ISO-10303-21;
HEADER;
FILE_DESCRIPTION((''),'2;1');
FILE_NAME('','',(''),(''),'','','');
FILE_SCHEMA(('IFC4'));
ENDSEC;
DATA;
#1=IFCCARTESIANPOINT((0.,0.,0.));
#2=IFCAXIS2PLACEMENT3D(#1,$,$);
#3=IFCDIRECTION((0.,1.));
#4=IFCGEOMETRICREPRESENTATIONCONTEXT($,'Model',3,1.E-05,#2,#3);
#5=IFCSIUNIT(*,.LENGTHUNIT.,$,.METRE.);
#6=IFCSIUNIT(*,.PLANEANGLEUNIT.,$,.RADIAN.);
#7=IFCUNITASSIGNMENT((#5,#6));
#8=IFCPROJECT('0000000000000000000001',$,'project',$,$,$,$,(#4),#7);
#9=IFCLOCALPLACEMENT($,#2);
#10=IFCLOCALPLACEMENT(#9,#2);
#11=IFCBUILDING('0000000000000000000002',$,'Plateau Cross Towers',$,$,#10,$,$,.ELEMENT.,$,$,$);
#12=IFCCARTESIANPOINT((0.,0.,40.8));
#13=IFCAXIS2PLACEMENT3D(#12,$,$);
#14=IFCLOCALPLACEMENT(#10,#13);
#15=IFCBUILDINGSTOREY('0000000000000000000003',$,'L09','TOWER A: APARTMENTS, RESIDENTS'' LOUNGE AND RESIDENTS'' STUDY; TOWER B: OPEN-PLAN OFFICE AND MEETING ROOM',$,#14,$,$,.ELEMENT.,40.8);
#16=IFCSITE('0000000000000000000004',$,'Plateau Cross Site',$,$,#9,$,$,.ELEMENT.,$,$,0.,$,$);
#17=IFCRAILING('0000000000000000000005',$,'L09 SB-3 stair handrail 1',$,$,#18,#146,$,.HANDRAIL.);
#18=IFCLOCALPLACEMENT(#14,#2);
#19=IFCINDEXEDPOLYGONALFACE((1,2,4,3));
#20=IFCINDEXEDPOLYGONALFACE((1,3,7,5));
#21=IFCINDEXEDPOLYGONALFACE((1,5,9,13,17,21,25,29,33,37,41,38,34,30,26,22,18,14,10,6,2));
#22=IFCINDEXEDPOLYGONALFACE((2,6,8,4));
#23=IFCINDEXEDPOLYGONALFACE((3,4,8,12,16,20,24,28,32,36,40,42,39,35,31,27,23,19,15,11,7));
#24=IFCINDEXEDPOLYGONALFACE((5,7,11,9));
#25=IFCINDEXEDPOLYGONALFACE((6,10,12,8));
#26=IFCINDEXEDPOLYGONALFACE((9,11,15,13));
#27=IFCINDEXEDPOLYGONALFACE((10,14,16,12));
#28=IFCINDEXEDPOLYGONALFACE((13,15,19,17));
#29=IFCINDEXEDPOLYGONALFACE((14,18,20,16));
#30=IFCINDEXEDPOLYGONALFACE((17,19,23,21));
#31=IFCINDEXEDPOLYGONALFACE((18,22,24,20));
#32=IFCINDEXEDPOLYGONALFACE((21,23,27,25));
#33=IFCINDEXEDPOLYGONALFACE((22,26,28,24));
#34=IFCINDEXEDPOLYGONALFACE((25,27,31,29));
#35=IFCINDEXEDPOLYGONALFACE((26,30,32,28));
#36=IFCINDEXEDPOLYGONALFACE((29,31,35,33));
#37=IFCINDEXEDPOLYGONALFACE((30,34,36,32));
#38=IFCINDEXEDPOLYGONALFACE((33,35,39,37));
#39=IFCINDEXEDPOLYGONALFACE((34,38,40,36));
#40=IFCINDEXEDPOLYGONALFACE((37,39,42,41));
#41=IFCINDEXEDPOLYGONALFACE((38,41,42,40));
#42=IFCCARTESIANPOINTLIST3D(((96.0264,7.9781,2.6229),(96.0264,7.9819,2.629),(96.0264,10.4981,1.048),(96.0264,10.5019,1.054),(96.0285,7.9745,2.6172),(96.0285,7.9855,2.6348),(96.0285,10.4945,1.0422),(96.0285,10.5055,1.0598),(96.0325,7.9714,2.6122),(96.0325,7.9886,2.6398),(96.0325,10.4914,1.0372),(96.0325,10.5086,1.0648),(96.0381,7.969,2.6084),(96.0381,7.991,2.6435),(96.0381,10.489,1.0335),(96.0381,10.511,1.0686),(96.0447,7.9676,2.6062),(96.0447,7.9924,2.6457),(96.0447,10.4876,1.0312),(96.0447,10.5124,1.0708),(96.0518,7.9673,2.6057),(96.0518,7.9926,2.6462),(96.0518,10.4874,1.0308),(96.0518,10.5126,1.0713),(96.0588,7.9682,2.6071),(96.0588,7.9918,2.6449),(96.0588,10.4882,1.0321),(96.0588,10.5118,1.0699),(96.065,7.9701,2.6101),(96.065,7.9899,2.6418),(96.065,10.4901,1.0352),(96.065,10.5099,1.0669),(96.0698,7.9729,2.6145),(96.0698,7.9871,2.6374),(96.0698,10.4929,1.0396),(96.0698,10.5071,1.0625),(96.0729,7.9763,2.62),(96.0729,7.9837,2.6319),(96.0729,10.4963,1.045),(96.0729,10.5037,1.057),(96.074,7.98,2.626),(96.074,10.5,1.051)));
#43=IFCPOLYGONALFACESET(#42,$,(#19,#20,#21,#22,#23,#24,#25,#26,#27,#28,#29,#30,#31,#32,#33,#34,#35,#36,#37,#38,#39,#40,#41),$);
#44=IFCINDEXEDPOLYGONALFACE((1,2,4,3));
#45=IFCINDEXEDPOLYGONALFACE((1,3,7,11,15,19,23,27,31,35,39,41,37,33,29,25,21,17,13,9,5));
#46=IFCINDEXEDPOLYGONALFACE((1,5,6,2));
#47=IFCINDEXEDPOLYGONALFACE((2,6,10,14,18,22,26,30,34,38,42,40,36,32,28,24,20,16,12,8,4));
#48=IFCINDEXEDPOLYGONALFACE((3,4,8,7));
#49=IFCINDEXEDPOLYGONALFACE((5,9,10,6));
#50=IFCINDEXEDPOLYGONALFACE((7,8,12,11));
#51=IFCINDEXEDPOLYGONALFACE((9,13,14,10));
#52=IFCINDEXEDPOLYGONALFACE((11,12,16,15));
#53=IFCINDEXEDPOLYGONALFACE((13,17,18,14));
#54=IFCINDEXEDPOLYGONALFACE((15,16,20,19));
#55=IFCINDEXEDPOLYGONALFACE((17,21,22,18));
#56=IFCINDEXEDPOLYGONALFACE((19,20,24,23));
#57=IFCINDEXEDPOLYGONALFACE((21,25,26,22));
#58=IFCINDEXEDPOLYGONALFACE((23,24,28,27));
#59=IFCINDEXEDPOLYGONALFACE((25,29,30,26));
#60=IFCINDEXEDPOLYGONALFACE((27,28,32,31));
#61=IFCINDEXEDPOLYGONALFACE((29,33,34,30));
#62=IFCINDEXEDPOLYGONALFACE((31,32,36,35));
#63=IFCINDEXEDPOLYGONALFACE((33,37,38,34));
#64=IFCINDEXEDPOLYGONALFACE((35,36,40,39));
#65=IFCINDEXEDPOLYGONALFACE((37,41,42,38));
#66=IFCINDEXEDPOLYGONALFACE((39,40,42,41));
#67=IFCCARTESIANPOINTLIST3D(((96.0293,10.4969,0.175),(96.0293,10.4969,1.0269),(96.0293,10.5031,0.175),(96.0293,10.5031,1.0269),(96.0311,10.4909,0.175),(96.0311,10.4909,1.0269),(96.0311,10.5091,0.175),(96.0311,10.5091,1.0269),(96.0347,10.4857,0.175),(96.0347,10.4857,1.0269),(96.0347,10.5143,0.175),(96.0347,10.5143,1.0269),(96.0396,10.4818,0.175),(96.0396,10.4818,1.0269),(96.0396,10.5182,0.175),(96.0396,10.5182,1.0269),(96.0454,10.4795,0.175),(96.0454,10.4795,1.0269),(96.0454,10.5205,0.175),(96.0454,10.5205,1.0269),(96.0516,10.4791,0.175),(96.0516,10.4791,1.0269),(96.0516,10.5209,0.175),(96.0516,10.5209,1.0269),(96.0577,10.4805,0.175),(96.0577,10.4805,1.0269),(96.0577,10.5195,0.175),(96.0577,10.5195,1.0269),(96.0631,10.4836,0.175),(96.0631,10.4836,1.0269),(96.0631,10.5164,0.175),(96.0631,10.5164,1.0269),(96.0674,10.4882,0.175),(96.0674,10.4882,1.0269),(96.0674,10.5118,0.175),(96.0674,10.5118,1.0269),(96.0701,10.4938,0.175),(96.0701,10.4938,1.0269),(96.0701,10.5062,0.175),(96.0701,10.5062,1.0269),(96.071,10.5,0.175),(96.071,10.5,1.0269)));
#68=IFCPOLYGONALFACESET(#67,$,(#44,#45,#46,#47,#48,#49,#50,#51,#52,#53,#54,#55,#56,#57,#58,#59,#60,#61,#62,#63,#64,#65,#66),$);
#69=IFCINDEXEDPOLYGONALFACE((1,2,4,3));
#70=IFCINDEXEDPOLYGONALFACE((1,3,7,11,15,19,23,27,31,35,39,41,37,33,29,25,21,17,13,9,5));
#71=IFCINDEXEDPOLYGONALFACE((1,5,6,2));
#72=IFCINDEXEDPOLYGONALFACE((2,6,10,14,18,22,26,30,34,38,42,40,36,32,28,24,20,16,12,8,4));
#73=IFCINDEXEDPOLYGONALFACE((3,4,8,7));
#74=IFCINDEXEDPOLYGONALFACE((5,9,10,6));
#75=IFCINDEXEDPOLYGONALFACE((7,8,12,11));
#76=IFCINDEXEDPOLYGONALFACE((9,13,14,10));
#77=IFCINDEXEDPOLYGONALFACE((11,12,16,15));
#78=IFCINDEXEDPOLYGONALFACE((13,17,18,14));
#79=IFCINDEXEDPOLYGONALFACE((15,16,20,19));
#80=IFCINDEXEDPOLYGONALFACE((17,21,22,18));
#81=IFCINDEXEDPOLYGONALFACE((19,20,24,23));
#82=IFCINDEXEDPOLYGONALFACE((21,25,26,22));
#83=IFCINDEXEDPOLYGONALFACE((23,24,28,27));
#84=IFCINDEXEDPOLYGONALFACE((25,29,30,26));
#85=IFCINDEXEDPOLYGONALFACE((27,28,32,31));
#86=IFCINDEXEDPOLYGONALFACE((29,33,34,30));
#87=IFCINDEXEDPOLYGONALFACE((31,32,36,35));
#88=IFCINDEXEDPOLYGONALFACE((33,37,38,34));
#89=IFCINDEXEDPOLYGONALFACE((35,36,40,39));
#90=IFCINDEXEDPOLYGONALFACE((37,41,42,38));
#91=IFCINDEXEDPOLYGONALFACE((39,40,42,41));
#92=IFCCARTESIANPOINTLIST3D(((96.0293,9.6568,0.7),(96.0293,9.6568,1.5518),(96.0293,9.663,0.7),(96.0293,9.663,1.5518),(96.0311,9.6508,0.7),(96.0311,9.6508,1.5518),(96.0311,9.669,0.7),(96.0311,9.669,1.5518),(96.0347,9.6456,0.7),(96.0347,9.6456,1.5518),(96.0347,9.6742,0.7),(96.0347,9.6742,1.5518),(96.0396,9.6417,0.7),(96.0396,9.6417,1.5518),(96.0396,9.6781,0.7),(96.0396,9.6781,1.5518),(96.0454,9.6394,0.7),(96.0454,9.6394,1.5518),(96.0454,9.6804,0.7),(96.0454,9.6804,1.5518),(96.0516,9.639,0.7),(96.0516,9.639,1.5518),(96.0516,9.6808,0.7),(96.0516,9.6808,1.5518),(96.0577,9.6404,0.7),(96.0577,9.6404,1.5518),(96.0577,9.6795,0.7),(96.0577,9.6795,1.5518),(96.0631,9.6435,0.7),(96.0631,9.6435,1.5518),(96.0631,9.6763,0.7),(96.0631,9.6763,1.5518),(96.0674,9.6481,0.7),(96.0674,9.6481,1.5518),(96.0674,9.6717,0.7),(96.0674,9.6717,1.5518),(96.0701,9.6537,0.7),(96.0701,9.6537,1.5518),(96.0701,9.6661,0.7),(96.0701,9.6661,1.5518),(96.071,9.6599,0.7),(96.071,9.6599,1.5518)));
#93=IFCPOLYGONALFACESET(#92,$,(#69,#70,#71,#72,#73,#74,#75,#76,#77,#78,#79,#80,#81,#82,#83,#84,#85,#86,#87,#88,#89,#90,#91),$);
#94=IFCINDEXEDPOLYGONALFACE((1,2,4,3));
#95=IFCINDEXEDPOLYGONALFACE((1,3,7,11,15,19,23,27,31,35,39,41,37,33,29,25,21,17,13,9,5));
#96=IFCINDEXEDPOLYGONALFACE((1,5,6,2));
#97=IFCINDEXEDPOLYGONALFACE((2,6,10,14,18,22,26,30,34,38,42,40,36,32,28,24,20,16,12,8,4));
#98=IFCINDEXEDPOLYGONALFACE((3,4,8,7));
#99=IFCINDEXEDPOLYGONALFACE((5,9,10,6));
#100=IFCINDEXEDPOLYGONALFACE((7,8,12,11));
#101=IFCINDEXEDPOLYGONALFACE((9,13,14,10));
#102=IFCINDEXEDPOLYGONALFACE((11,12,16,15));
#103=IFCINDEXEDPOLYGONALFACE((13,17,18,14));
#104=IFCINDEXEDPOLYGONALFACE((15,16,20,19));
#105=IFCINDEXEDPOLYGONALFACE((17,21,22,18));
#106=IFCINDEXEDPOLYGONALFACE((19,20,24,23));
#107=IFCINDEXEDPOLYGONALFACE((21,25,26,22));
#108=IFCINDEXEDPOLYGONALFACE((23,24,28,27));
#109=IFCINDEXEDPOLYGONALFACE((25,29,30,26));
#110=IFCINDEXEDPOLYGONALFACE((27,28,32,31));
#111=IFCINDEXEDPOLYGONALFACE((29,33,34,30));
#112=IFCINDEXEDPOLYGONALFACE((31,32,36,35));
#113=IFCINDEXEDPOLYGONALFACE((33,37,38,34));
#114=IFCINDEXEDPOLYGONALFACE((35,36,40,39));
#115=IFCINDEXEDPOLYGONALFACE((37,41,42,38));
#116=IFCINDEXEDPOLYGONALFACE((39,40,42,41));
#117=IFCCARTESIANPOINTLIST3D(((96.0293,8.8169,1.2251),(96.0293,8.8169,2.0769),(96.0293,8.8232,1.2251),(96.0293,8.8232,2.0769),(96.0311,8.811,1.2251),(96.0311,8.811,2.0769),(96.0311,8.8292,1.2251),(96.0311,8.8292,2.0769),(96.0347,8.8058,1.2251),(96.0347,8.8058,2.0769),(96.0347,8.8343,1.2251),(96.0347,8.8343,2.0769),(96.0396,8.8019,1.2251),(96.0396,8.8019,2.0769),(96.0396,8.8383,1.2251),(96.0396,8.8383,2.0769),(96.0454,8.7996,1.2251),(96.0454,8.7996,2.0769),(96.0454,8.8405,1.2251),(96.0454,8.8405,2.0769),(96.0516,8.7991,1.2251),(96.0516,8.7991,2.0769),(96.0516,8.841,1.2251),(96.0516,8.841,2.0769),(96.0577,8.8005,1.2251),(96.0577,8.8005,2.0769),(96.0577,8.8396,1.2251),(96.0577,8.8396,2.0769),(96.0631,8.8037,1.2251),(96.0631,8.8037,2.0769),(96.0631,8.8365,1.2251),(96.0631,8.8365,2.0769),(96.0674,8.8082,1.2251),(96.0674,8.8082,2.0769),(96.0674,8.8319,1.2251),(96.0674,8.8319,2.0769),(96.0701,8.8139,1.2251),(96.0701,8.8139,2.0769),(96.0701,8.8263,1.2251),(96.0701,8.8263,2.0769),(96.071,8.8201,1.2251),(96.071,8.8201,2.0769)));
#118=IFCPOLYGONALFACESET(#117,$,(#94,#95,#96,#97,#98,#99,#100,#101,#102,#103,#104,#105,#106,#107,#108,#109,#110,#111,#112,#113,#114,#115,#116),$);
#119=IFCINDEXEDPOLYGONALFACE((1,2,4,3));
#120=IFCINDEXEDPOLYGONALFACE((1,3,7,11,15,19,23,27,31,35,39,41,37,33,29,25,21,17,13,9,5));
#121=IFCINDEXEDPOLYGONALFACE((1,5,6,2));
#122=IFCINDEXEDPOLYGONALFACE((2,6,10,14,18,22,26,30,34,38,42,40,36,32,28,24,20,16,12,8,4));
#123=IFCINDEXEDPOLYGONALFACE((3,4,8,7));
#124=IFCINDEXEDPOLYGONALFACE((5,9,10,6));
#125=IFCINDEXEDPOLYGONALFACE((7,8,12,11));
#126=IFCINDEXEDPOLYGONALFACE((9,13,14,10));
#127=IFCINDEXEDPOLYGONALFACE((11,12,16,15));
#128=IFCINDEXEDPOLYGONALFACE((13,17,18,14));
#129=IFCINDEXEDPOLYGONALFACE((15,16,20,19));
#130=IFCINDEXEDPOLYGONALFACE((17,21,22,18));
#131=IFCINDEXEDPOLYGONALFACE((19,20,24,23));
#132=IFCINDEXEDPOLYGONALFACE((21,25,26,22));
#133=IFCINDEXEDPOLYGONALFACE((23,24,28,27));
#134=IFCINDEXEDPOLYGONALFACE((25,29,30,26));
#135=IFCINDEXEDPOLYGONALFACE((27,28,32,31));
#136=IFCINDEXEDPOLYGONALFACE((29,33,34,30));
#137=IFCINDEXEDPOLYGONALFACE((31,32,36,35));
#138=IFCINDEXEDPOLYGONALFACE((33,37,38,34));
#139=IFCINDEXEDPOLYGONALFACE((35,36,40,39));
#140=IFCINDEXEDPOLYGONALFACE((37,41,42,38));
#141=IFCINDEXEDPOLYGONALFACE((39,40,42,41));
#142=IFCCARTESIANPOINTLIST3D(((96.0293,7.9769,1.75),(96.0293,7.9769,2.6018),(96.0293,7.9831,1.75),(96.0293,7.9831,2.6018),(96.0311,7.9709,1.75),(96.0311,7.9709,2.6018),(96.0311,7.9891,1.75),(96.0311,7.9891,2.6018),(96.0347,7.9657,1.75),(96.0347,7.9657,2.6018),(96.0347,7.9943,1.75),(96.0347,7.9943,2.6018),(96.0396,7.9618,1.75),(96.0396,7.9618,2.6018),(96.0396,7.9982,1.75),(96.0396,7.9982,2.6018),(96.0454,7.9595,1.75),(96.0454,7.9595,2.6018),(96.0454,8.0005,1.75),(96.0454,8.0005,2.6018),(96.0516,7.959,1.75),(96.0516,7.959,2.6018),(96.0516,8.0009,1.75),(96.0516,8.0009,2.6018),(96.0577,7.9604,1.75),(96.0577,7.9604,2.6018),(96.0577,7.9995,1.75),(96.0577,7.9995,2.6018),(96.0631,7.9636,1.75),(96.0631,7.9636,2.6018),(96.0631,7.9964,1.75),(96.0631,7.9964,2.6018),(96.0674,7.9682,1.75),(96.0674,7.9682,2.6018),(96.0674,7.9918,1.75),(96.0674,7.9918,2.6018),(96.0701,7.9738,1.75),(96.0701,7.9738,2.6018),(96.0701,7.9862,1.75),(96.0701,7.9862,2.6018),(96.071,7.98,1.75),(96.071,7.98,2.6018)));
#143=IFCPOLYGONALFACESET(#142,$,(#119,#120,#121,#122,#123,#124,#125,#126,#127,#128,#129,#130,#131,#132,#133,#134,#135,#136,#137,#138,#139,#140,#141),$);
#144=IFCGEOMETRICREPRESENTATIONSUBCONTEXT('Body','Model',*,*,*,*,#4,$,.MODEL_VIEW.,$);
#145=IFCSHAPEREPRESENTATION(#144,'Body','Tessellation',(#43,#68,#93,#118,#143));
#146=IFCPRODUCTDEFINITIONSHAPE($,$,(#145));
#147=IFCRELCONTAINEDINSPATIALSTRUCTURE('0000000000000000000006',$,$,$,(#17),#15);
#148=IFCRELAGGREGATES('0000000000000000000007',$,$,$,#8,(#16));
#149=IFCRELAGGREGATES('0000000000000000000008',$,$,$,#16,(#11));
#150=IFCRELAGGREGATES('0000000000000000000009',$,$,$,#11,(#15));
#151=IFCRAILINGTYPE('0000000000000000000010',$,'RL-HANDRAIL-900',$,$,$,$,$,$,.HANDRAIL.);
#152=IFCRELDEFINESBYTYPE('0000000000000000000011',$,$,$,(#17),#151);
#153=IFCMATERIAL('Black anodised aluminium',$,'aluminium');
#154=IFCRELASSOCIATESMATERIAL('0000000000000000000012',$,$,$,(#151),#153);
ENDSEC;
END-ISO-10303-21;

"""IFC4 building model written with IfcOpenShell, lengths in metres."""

from ifc_helpers import new_model, si_unit, direction, frame, origin, origin_2d, place, context, subcontext, project, spatial, circle, extrude, material, type_object, element, save


model = new_model("IFC4")

# Units and contexts
model_context = context("Model", 3, precision=1e-05, world=origin(), true_north=direction((0.0, 1.0)))
body_context = subcontext(model_context, "Body", "Model", "MODEL_VIEW")
ifc_project = project(units=[si_unit("LENGTHUNIT", "METRE"), si_unit("PLANEANGLEUNIT", "RADIAN")], contexts=[model_context])

# Site, building, storey
site_placement = place(None, origin())
site = spatial("IfcSite", under=ifc_project, at=site_placement, Name="Plateau Cross Site", CompositionType="ELEMENT", RefElevation=0.0)
building_placement = place(site_placement, origin())
building = spatial("IfcBuilding", under=site, at=building_placement, Name="Plateau Cross Towers", CompositionType="ELEMENT")
storey_placement = place(building_placement, frame((0.0, 0.0, 40.8)))
storey = spatial("IfcBuildingStorey", under=building, at=storey_placement, Name="L09", Description="TOWER A: APARTMENTS, RESIDENTS' LOUNGE AND RESIDENTS' STUDY; TOWER B: OPEN-PLAN OFFICE AND MEETING ROOM", CompositionType="ELEMENT", Elevation=40.8)

# Shared definitions
ifc_material_1 = material(Name="Black anodised aluminium", Category="aluminium")

# Railing
railing_type_1 = type_object("IfcRailingType", Name="RL-HANDRAIL-900", PredefinedType="HANDRAIL", material=ifc_material_1)
railing_1_placement = place(storey_placement, frame((96.05, 10.5, 0.175)))
element("IfcRailing", 1, at=railing_1_placement, inside=storey, type_object=railing_type_1, Name="L09 SB-3 stair handrail 1", PredefinedType="HANDRAIL", context=body_context, shape_type="SweptSolid", body=[
    extrude(circle(Radius=0.0239, at=origin_2d()), frame((0.0, 0.0, 0.876), z_axis=(0.0, -0.848008, 0.529984), x_axis=(1.0, 0.0, 0.0)), (0.0, 0.0, 1.0), 2.9717),
    extrude(circle(Radius=0.021, at=origin_2d()), origin(), (0.0, 0.0, 1.0), 0.8518),
    extrude(circle(Radius=0.021, at=origin_2d()), frame((0.0, -0.8401, 0.5249)), (0.0, 0.0, 1.0), 0.8518),
    extrude(circle(Radius=0.021, at=origin_2d()), frame((0.0, -1.6799, 1.05)), (0.0, 0.0, 1.0), 0.8518),
    extrude(circle(Radius=0.021, at=origin_2d()), frame((0.0, -2.52, 1.575)), (0.0, 0.0, 1.0), 0.8518),
])

save(model, "model.ifc")
